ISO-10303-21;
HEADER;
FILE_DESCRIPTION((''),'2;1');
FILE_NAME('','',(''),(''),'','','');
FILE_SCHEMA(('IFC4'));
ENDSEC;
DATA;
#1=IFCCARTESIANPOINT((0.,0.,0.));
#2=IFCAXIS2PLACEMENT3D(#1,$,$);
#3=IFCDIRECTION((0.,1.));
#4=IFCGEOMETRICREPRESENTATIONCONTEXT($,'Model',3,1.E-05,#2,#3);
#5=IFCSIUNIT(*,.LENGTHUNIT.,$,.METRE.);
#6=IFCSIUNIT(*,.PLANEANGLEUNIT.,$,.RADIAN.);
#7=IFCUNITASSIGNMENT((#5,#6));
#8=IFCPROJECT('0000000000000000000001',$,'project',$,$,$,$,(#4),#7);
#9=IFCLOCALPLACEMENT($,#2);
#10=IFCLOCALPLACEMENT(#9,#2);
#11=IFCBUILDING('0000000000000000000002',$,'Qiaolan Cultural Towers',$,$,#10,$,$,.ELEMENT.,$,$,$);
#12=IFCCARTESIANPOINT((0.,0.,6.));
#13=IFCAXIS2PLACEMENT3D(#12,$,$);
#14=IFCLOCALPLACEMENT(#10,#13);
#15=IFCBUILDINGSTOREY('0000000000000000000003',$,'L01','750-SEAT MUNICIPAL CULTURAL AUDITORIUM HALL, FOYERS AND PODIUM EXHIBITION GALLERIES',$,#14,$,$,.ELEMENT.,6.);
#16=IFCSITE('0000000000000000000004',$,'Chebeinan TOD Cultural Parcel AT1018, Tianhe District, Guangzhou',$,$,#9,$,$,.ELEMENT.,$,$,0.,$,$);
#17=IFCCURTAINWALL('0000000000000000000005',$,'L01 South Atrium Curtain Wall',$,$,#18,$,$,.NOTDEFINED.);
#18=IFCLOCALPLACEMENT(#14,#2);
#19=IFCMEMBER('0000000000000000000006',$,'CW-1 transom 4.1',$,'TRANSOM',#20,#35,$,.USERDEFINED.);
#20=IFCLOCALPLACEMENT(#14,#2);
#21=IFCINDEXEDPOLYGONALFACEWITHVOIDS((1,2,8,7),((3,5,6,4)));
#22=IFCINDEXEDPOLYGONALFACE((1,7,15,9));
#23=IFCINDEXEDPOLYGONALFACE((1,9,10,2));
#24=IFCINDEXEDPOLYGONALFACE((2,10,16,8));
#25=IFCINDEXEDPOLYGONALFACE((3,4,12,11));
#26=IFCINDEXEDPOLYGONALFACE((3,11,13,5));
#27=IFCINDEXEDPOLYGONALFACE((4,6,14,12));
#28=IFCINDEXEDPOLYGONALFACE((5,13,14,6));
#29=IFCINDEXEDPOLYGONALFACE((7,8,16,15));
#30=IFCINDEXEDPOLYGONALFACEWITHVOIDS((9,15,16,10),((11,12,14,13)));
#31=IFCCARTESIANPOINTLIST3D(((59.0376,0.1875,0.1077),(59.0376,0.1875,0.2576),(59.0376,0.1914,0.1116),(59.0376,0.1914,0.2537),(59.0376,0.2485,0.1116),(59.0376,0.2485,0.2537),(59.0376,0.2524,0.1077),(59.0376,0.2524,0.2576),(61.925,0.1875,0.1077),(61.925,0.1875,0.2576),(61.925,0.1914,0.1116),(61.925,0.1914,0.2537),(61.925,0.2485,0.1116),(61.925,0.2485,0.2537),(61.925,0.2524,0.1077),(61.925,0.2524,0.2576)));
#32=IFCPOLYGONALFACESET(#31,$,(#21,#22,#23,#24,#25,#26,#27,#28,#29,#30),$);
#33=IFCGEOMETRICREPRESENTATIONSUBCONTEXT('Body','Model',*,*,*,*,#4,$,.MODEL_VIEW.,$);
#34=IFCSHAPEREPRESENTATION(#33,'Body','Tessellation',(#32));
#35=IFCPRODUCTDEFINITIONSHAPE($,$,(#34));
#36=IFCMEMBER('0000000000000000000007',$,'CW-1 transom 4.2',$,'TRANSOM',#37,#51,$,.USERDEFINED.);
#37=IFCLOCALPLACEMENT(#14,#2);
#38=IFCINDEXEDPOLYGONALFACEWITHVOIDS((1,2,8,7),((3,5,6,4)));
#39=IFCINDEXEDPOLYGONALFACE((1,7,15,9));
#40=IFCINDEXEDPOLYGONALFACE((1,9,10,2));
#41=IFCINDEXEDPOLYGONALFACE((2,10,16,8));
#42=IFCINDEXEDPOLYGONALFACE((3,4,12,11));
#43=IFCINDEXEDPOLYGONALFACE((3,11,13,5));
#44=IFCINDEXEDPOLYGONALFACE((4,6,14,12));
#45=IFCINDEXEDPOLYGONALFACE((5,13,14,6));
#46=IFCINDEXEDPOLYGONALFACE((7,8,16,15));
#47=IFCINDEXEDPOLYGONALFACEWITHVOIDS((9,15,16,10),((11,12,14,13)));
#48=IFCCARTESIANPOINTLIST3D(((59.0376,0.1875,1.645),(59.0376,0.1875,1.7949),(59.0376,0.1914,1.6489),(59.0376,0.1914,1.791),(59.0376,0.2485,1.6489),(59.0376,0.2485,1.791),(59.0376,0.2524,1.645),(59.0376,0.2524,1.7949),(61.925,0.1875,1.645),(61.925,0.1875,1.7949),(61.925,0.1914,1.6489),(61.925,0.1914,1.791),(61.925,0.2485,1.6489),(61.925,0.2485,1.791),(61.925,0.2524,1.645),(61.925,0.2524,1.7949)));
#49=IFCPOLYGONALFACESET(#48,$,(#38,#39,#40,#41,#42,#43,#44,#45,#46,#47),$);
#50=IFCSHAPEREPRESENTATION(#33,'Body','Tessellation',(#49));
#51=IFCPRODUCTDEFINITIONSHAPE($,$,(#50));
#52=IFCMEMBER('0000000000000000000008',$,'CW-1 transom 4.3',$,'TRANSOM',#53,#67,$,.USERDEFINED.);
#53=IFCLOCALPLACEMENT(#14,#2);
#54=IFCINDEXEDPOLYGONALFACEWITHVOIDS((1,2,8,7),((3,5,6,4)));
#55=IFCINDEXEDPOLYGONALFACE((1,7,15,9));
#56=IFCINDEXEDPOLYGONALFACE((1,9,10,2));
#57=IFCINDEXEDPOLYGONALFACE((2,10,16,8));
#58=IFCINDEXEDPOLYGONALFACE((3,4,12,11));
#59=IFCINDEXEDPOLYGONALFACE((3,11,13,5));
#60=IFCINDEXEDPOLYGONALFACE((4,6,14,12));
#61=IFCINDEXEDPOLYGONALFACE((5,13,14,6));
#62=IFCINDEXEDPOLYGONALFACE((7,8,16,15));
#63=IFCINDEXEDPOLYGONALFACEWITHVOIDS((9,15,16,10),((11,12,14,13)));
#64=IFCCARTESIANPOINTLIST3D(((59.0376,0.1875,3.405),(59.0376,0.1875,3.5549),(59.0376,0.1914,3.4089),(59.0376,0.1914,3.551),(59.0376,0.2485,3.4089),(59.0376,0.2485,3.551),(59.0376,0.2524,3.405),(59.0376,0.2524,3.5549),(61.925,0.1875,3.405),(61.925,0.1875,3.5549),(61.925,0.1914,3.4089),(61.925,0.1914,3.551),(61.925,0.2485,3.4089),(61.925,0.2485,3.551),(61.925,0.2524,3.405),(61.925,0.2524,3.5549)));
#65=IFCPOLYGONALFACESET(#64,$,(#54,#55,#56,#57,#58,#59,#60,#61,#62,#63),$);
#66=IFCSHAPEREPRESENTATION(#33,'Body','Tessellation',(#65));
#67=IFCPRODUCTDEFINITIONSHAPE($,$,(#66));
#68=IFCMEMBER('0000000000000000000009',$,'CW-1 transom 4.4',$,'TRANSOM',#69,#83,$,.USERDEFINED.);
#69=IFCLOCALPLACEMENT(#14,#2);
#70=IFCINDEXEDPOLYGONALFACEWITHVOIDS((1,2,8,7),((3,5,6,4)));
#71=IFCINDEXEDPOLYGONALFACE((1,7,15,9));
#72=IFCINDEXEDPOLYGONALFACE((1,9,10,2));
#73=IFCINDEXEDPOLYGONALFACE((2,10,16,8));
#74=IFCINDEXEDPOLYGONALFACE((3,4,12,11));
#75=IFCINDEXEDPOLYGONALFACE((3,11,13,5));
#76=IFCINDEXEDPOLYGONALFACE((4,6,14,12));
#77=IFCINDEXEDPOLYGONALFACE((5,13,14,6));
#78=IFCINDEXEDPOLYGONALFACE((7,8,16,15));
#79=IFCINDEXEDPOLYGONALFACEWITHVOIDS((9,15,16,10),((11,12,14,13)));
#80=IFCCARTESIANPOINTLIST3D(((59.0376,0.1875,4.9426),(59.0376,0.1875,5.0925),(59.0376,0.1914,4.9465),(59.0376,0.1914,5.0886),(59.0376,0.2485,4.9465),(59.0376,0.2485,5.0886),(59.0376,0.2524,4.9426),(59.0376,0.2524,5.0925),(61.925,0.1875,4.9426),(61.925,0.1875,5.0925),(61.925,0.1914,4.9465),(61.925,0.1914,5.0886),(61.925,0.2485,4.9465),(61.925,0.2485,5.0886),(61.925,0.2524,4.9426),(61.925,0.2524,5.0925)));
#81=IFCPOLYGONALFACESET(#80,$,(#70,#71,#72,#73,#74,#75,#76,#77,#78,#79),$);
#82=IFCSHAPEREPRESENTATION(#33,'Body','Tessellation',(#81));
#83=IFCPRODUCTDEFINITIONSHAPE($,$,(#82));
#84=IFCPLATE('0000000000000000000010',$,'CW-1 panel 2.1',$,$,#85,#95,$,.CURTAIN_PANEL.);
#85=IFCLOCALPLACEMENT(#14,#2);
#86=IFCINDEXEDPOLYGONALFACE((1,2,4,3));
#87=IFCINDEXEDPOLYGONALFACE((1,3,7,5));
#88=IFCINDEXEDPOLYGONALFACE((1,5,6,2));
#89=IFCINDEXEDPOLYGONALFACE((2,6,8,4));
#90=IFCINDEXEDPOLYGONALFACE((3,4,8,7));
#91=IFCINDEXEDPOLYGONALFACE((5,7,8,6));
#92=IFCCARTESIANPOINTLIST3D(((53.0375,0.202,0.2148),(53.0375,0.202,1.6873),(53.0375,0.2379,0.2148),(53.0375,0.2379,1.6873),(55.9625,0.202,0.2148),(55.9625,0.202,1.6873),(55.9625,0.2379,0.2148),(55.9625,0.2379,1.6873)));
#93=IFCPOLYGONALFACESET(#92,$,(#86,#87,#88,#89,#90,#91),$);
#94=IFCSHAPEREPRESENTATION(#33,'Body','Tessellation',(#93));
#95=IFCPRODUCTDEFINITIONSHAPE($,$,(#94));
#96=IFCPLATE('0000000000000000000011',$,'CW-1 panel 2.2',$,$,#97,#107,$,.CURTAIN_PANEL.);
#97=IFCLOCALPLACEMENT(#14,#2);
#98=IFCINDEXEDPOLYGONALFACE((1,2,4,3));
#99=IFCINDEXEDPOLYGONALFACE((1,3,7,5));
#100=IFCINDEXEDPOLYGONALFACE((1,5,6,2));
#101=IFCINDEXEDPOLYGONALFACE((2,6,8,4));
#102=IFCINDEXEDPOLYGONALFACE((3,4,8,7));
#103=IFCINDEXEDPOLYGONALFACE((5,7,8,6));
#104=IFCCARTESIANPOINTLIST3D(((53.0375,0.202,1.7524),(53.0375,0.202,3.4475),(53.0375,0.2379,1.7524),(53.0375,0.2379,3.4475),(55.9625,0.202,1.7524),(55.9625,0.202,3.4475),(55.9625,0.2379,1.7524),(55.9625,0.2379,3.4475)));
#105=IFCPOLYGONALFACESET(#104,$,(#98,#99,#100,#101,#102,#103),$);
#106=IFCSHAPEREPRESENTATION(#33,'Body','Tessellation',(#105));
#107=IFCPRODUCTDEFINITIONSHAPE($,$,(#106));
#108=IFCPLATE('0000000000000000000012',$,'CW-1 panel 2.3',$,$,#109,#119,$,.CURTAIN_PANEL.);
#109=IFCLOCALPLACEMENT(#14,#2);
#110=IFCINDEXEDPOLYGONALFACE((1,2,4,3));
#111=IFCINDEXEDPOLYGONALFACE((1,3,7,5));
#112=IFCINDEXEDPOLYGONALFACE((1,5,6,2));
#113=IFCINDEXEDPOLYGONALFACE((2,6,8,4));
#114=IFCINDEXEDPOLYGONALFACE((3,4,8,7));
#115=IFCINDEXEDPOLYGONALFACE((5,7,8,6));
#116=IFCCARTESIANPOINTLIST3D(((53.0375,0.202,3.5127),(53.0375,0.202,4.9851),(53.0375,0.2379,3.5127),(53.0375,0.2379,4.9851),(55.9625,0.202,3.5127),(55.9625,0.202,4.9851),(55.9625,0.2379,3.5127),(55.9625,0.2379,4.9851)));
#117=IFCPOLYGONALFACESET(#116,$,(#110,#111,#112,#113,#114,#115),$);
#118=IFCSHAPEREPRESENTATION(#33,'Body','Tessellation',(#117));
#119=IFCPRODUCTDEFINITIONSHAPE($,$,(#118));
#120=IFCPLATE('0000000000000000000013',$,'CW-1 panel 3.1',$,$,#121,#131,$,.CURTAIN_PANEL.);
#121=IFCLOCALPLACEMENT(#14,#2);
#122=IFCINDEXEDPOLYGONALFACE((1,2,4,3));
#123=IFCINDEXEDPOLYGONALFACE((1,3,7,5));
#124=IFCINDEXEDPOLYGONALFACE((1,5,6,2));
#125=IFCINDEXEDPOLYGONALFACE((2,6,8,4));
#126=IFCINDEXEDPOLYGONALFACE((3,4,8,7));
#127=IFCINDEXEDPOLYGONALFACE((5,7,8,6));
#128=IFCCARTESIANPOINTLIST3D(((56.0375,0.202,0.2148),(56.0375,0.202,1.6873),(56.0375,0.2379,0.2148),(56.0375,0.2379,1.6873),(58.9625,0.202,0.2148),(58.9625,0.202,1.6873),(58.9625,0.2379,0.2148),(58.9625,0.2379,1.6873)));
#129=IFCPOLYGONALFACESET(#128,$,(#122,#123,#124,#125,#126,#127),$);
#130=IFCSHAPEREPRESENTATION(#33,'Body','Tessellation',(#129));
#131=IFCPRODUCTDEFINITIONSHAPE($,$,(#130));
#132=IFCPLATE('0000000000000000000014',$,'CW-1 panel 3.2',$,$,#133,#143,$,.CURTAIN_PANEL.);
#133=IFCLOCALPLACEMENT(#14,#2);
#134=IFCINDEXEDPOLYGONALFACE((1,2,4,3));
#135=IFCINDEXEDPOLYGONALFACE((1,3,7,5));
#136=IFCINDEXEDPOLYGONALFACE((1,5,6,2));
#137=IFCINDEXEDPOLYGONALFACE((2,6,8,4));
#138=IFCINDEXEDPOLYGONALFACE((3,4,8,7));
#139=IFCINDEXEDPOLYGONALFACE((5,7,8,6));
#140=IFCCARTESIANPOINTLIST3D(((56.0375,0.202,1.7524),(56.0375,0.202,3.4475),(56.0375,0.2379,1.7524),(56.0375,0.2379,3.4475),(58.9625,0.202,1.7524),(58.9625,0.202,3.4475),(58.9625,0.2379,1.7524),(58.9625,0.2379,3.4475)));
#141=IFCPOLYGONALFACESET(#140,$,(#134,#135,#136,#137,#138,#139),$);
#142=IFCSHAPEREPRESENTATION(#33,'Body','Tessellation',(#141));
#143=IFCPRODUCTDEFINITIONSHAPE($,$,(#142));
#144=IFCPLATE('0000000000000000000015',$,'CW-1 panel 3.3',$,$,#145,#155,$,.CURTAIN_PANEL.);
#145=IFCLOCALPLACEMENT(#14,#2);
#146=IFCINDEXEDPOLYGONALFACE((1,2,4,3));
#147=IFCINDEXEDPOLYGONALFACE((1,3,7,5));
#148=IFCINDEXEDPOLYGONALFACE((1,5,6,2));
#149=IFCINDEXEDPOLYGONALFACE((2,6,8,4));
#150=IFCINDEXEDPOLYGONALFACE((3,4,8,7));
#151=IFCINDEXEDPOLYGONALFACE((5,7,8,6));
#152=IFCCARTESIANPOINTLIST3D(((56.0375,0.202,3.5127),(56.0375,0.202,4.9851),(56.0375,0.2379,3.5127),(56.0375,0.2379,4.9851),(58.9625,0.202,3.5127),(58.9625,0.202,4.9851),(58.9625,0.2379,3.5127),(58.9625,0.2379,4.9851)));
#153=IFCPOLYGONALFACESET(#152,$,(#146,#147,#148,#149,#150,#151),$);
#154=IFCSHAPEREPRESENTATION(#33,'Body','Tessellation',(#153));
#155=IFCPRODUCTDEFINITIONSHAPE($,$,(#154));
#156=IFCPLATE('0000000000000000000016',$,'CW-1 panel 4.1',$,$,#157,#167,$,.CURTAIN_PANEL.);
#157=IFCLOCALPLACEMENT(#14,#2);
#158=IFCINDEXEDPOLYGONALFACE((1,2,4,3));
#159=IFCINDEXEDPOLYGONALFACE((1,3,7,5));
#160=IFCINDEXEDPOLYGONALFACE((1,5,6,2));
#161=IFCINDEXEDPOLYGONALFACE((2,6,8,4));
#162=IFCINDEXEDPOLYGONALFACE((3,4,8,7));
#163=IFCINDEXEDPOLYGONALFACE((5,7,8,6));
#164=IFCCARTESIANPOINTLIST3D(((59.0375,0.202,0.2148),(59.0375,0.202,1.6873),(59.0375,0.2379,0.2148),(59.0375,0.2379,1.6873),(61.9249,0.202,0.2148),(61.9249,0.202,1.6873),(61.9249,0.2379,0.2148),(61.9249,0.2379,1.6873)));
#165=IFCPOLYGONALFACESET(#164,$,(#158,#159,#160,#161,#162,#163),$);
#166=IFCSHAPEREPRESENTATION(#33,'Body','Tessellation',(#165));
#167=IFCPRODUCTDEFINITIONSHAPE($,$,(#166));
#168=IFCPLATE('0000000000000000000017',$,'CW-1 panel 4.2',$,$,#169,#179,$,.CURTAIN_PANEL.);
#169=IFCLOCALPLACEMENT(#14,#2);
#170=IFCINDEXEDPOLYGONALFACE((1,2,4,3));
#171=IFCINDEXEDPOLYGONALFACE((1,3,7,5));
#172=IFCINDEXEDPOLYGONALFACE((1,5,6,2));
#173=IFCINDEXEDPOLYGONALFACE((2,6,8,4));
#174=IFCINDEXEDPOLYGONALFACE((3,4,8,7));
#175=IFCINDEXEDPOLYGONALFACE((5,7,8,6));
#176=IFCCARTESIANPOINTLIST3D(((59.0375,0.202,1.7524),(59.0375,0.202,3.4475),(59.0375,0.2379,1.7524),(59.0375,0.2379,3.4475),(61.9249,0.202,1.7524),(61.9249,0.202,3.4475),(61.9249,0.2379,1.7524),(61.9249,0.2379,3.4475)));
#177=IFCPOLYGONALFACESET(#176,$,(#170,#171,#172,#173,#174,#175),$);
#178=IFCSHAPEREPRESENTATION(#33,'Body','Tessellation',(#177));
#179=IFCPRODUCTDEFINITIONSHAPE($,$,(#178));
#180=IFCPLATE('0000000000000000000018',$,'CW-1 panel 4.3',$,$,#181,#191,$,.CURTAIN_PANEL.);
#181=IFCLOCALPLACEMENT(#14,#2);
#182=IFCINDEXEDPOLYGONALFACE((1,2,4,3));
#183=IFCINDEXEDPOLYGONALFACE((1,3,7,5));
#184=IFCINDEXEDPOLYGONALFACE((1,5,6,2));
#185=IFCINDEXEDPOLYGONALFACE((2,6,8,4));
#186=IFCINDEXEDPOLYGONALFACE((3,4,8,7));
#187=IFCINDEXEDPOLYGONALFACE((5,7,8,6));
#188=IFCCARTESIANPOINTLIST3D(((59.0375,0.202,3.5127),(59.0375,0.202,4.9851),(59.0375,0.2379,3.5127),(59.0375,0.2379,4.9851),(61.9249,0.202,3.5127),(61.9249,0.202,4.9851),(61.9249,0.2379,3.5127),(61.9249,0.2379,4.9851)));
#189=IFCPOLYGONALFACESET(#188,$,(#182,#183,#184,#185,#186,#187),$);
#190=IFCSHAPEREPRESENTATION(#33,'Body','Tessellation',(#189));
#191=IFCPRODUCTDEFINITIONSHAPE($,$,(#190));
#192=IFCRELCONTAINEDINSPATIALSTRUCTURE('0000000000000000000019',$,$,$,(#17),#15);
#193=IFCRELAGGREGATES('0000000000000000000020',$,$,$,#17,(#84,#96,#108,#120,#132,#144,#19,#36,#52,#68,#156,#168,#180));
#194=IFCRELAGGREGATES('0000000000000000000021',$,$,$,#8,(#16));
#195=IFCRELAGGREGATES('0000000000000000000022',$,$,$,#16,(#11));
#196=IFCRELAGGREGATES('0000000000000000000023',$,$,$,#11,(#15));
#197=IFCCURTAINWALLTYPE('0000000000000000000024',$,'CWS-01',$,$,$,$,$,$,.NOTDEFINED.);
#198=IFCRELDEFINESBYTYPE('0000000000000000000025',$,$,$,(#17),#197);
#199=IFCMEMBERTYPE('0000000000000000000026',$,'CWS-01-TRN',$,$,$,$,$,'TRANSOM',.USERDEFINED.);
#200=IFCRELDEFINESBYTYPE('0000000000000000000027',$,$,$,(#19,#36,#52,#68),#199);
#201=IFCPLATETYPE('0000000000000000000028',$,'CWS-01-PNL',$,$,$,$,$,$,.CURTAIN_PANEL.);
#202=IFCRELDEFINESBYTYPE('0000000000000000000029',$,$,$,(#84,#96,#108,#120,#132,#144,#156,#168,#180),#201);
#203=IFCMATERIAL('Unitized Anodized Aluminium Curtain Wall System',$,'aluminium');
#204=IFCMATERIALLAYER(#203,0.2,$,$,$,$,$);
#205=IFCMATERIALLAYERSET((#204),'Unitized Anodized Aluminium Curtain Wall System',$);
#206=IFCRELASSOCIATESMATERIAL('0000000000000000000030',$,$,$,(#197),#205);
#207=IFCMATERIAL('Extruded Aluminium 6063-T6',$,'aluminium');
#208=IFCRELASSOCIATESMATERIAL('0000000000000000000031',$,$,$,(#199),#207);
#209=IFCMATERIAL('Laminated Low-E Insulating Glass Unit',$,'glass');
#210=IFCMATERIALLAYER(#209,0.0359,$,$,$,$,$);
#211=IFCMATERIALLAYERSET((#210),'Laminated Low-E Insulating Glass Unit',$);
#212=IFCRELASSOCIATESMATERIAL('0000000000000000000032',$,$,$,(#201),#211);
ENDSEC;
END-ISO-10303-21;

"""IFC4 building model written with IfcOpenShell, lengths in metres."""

from ifc_helpers import new_model, si_unit, direction, frame, origin, origin_2d, place, context, subcontext, project, spatial, rectangle, hollow_rectangle, extrude, material, layer, layer_set, material_profile, profile_set, type_object, element, aggregate, save


model = new_model("IFC4")

# Units and contexts
model_context = context("Model", 3, precision=1e-05, world=origin(), true_north=direction((0.0, 1.0)))
body_context = subcontext(model_context, "Body", "Model", "MODEL_VIEW")
ifc_project = project(units=[si_unit("LENGTHUNIT", "METRE"), si_unit("PLANEANGLEUNIT", "RADIAN")], contexts=[model_context])

# Site, building, storey
site_placement = place(None, origin())
site = spatial("IfcSite", under=ifc_project, at=site_placement, Name="Chebeinan TOD Cultural Parcel AT1018, Tianhe District, Guangzhou", CompositionType="ELEMENT", RefElevation=0.0)
building_placement = place(site_placement, origin())
building = spatial("IfcBuilding", under=site, at=building_placement, Name="Qiaolan Cultural Towers", CompositionType="ELEMENT")
storey_placement = place(building_placement, frame((0.0, 0.0, 6.0)))
storey = spatial("IfcBuildingStorey", under=building, at=storey_placement, Name="L01", Description="750-SEAT MUNICIPAL CULTURAL AUDITORIUM HALL, FOYERS AND PODIUM EXHIBITION GALLERIES", CompositionType="ELEMENT", Elevation=6.0)

# Curtain wall, members, plates
ifc_material_1 = material(Name="Unitized Anodized Aluminium Curtain Wall System", Category="aluminium")
ifc_layer_1 = layer(ifc_material_1, 0.2)
ifc_layer_set_1 = layer_set([ifc_layer_1], Name="Unitized Anodized Aluminium Curtain Wall System")
curtain_wall_type = type_object("IfcCurtainWallType", Name="CWS-01", PredefinedType="NOTDEFINED", material=ifc_layer_set_1)
curtain_wall_placement = place(storey_placement, origin())
curtain_wall = element("IfcCurtainWall", 1, at=curtain_wall_placement, inside=storey, type_object=curtain_wall_type, Name="L01 South Atrium Curtain Wall", PredefinedType="NOTDEFINED")
ifc_material_2 = material(Name="Extruded Aluminium 6063-T6", Category="aluminium")
ifc_material_profile_1 = material_profile(ifc_material_2, hollow_rectangle(XDim=0.0649, YDim=0.1499, WallThickness=0.0039, at=origin_2d()), Name="CWT-150x65x4")
ifc_profile_set_1 = profile_set([ifc_material_profile_1], Name="Extruded Aluminium 6063-T6")
member_type_1 = type_object("IfcMemberType", Name="CWS-01-TRN", ElementType="TRANSOM", PredefinedType="USERDEFINED", material=ifc_profile_set_1)
member_1_placement = place(storey_placement, frame((59.0376, 0.22, 0.1826), z_axis=(1.0, 0.0, 0.0), x_axis=(0.0, 1.0, 0.0)))
member_1 = element("IfcMember", 2, at=member_1_placement, type_object=member_type_1, Name="CW-1 transom 4.1", ObjectType="TRANSOM", PredefinedType="USERDEFINED", context=body_context, shape_type="SweptSolid", body=[
    extrude(hollow_rectangle(XDim=0.0649, YDim=0.1499, WallThickness=0.0039, at=origin_2d()), origin(), (0.0, 0.0, 1.0), 2.8875),
])
member_2_placement = place(storey_placement, frame((59.0376, 0.22, 1.72), z_axis=(1.0, 0.0, 0.0), x_axis=(0.0, 1.0, 0.0)))
member_2 = element("IfcMember", 3, at=member_2_placement, type_object=member_type_1, Name="CW-1 transom 4.2", ObjectType="TRANSOM", PredefinedType="USERDEFINED", context=body_context, shape_type="SweptSolid", body=[
    extrude(hollow_rectangle(XDim=0.0649, YDim=0.1499, WallThickness=0.0039, at=origin_2d()), origin(), (0.0, 0.0, 1.0), 2.8875),
])
member_3_placement = place(storey_placement, frame((59.0376, 0.22, 3.48), z_axis=(1.0, 0.0, 0.0), x_axis=(0.0, 1.0, 0.0)))
member_3 = element("IfcMember", 4, at=member_3_placement, type_object=member_type_1, Name="CW-1 transom 4.3", ObjectType="TRANSOM", PredefinedType="USERDEFINED", context=body_context, shape_type="SweptSolid", body=[
    extrude(hollow_rectangle(XDim=0.0649, YDim=0.1499, WallThickness=0.0039, at=origin_2d()), origin(), (0.0, 0.0, 1.0), 2.8875),
])
member_4_placement = place(storey_placement, frame((59.0376, 0.22, 5.0176), z_axis=(1.0, 0.0, 0.0), x_axis=(0.0, 1.0, 0.0)))
member_4 = element("IfcMember", 5, at=member_4_placement, type_object=member_type_1, Name="CW-1 transom 4.4", ObjectType="TRANSOM", PredefinedType="USERDEFINED", context=body_context, shape_type="SweptSolid", body=[
    extrude(hollow_rectangle(XDim=0.0649, YDim=0.1499, WallThickness=0.0039, at=origin_2d()), origin(), (0.0, 0.0, 1.0), 2.8875),
])
ifc_material_3 = material(Name="Laminated Low-E Insulating Glass Unit", Category="glass")
ifc_layer_2 = layer(ifc_material_3, 0.0359)
ifc_layer_set_2 = layer_set([ifc_layer_2], Name="Laminated Low-E Insulating Glass Unit")
plate_type = type_object("IfcPlateType", Name="CWS-01-PNL", PredefinedType="CURTAIN_PANEL", material=ifc_layer_set_2)
plate_1_placement = place(storey_placement, frame((54.5, 0.22, 0.2148), z_axis=(0.0, 0.0, 1.0), x_axis=(1.0, 0.0, 0.0)))
plate_1 = element("IfcPlate", 6, at=plate_1_placement, type_object=plate_type, Name="CW-1 panel 2.1", PredefinedType="CURTAIN_PANEL", context=body_context, shape_type="SweptSolid", body=[
    extrude(rectangle(XDim=2.925, YDim=0.0359, at=origin_2d()), origin(), (0.0, 0.0, 1.0), 1.4724),
])
plate_2_placement = place(storey_placement, frame((54.5, 0.22, 1.7524), z_axis=(0.0, 0.0, 1.0), x_axis=(1.0, 0.0, 0.0)))
plate_2 = element("IfcPlate", 7, at=plate_2_placement, type_object=plate_type, Name="CW-1 panel 2.2", PredefinedType="CURTAIN_PANEL", context=body_context, shape_type="SweptSolid", body=[
    extrude(rectangle(XDim=2.925, YDim=0.0359, at=origin_2d()), origin(), (0.0, 0.0, 1.0), 1.6951),
])
plate_3_placement = place(storey_placement, frame((54.5, 0.22, 3.5127), z_axis=(0.0, 0.0, 1.0), x_axis=(1.0, 0.0, 0.0)))
plate_3 = element("IfcPlate", 8, at=plate_3_placement, type_object=plate_type, Name="CW-1 panel 2.3", PredefinedType="CURTAIN_PANEL", context=body_context, shape_type="SweptSolid", body=[
    extrude(rectangle(XDim=2.925, YDim=0.0359, at=origin_2d()), origin(), (0.0, 0.0, 1.0), 1.4724),
])
plate_4_placement = place(storey_placement, frame((57.5, 0.22, 0.2148), z_axis=(0.0, 0.0, 1.0), x_axis=(1.0, 0.0, 0.0)))
plate_4 = element("IfcPlate", 9, at=plate_4_placement, type_object=plate_type, Name="CW-1 panel 3.1", PredefinedType="CURTAIN_PANEL", context=body_context, shape_type="SweptSolid", body=[
    extrude(rectangle(XDim=2.925, YDim=0.0359, at=origin_2d()), origin(), (0.0, 0.0, 1.0), 1.4724),
])
plate_5_placement = place(storey_placement, frame((57.5, 0.22, 1.7524), z_axis=(0.0, 0.0, 1.0), x_axis=(1.0, 0.0, 0.0)))
plate_5 = element("IfcPlate", 10, at=plate_5_placement, type_object=plate_type, Name="CW-1 panel 3.2", PredefinedType="CURTAIN_PANEL", context=body_context, shape_type="SweptSolid", body=[
    extrude(rectangle(XDim=2.925, YDim=0.0359, at=origin_2d()), origin(), (0.0, 0.0, 1.0), 1.6951),
])
plate_6_placement = place(storey_placement, frame((57.5, 0.22, 3.5127), z_axis=(0.0, 0.0, 1.0), x_axis=(1.0, 0.0, 0.0)))
plate_6 = element("IfcPlate", 11, at=plate_6_placement, type_object=plate_type, Name="CW-1 panel 3.3", PredefinedType="CURTAIN_PANEL", context=body_context, shape_type="SweptSolid", body=[
    extrude(rectangle(XDim=2.925, YDim=0.0359, at=origin_2d()), origin(), (0.0, 0.0, 1.0), 1.4724),
])
plate_7_placement = place(storey_placement, frame((60.4812, 0.22, 0.2148), z_axis=(0.0, 0.0, 1.0), x_axis=(1.0, 0.0, 0.0)))
plate_7 = element("IfcPlate", 12, at=plate_7_placement, type_object=plate_type, Name="CW-1 panel 4.1", PredefinedType="CURTAIN_PANEL", context=body_context, shape_type="SweptSolid", body=[
    extrude(rectangle(XDim=2.8875, YDim=0.0359, at=origin_2d()), origin(), (0.0, 0.0, 1.0), 1.4724),
])
plate_8_placement = place(storey_placement, frame((60.4812, 0.22, 1.7524), z_axis=(0.0, 0.0, 1.0), x_axis=(1.0, 0.0, 0.0)))
plate_8 = element("IfcPlate", 13, at=plate_8_placement, type_object=plate_type, Name="CW-1 panel 4.2", PredefinedType="CURTAIN_PANEL", context=body_context, shape_type="SweptSolid", body=[
    extrude(rectangle(XDim=2.8875, YDim=0.0359, at=origin_2d()), origin(), (0.0, 0.0, 1.0), 1.6951),
])
plate_9_placement = place(storey_placement, frame((60.4812, 0.22, 3.5127), z_axis=(0.0, 0.0, 1.0), x_axis=(1.0, 0.0, 0.0)))
plate_9 = element("IfcPlate", 14, at=plate_9_placement, type_object=plate_type, Name="CW-1 panel 4.3", PredefinedType="CURTAIN_PANEL", context=body_context, shape_type="SweptSolid", body=[
    extrude(rectangle(XDim=2.8875, YDim=0.0359, at=origin_2d()), origin(), (0.0, 0.0, 1.0), 1.4724),
])
aggregate(curtain_wall, [plate_1, plate_2, plate_3, plate_4, plate_5, plate_6, member_1, member_2, member_3, member_4, plate_7, plate_8, plate_9])

save(model, "model.ifc")
